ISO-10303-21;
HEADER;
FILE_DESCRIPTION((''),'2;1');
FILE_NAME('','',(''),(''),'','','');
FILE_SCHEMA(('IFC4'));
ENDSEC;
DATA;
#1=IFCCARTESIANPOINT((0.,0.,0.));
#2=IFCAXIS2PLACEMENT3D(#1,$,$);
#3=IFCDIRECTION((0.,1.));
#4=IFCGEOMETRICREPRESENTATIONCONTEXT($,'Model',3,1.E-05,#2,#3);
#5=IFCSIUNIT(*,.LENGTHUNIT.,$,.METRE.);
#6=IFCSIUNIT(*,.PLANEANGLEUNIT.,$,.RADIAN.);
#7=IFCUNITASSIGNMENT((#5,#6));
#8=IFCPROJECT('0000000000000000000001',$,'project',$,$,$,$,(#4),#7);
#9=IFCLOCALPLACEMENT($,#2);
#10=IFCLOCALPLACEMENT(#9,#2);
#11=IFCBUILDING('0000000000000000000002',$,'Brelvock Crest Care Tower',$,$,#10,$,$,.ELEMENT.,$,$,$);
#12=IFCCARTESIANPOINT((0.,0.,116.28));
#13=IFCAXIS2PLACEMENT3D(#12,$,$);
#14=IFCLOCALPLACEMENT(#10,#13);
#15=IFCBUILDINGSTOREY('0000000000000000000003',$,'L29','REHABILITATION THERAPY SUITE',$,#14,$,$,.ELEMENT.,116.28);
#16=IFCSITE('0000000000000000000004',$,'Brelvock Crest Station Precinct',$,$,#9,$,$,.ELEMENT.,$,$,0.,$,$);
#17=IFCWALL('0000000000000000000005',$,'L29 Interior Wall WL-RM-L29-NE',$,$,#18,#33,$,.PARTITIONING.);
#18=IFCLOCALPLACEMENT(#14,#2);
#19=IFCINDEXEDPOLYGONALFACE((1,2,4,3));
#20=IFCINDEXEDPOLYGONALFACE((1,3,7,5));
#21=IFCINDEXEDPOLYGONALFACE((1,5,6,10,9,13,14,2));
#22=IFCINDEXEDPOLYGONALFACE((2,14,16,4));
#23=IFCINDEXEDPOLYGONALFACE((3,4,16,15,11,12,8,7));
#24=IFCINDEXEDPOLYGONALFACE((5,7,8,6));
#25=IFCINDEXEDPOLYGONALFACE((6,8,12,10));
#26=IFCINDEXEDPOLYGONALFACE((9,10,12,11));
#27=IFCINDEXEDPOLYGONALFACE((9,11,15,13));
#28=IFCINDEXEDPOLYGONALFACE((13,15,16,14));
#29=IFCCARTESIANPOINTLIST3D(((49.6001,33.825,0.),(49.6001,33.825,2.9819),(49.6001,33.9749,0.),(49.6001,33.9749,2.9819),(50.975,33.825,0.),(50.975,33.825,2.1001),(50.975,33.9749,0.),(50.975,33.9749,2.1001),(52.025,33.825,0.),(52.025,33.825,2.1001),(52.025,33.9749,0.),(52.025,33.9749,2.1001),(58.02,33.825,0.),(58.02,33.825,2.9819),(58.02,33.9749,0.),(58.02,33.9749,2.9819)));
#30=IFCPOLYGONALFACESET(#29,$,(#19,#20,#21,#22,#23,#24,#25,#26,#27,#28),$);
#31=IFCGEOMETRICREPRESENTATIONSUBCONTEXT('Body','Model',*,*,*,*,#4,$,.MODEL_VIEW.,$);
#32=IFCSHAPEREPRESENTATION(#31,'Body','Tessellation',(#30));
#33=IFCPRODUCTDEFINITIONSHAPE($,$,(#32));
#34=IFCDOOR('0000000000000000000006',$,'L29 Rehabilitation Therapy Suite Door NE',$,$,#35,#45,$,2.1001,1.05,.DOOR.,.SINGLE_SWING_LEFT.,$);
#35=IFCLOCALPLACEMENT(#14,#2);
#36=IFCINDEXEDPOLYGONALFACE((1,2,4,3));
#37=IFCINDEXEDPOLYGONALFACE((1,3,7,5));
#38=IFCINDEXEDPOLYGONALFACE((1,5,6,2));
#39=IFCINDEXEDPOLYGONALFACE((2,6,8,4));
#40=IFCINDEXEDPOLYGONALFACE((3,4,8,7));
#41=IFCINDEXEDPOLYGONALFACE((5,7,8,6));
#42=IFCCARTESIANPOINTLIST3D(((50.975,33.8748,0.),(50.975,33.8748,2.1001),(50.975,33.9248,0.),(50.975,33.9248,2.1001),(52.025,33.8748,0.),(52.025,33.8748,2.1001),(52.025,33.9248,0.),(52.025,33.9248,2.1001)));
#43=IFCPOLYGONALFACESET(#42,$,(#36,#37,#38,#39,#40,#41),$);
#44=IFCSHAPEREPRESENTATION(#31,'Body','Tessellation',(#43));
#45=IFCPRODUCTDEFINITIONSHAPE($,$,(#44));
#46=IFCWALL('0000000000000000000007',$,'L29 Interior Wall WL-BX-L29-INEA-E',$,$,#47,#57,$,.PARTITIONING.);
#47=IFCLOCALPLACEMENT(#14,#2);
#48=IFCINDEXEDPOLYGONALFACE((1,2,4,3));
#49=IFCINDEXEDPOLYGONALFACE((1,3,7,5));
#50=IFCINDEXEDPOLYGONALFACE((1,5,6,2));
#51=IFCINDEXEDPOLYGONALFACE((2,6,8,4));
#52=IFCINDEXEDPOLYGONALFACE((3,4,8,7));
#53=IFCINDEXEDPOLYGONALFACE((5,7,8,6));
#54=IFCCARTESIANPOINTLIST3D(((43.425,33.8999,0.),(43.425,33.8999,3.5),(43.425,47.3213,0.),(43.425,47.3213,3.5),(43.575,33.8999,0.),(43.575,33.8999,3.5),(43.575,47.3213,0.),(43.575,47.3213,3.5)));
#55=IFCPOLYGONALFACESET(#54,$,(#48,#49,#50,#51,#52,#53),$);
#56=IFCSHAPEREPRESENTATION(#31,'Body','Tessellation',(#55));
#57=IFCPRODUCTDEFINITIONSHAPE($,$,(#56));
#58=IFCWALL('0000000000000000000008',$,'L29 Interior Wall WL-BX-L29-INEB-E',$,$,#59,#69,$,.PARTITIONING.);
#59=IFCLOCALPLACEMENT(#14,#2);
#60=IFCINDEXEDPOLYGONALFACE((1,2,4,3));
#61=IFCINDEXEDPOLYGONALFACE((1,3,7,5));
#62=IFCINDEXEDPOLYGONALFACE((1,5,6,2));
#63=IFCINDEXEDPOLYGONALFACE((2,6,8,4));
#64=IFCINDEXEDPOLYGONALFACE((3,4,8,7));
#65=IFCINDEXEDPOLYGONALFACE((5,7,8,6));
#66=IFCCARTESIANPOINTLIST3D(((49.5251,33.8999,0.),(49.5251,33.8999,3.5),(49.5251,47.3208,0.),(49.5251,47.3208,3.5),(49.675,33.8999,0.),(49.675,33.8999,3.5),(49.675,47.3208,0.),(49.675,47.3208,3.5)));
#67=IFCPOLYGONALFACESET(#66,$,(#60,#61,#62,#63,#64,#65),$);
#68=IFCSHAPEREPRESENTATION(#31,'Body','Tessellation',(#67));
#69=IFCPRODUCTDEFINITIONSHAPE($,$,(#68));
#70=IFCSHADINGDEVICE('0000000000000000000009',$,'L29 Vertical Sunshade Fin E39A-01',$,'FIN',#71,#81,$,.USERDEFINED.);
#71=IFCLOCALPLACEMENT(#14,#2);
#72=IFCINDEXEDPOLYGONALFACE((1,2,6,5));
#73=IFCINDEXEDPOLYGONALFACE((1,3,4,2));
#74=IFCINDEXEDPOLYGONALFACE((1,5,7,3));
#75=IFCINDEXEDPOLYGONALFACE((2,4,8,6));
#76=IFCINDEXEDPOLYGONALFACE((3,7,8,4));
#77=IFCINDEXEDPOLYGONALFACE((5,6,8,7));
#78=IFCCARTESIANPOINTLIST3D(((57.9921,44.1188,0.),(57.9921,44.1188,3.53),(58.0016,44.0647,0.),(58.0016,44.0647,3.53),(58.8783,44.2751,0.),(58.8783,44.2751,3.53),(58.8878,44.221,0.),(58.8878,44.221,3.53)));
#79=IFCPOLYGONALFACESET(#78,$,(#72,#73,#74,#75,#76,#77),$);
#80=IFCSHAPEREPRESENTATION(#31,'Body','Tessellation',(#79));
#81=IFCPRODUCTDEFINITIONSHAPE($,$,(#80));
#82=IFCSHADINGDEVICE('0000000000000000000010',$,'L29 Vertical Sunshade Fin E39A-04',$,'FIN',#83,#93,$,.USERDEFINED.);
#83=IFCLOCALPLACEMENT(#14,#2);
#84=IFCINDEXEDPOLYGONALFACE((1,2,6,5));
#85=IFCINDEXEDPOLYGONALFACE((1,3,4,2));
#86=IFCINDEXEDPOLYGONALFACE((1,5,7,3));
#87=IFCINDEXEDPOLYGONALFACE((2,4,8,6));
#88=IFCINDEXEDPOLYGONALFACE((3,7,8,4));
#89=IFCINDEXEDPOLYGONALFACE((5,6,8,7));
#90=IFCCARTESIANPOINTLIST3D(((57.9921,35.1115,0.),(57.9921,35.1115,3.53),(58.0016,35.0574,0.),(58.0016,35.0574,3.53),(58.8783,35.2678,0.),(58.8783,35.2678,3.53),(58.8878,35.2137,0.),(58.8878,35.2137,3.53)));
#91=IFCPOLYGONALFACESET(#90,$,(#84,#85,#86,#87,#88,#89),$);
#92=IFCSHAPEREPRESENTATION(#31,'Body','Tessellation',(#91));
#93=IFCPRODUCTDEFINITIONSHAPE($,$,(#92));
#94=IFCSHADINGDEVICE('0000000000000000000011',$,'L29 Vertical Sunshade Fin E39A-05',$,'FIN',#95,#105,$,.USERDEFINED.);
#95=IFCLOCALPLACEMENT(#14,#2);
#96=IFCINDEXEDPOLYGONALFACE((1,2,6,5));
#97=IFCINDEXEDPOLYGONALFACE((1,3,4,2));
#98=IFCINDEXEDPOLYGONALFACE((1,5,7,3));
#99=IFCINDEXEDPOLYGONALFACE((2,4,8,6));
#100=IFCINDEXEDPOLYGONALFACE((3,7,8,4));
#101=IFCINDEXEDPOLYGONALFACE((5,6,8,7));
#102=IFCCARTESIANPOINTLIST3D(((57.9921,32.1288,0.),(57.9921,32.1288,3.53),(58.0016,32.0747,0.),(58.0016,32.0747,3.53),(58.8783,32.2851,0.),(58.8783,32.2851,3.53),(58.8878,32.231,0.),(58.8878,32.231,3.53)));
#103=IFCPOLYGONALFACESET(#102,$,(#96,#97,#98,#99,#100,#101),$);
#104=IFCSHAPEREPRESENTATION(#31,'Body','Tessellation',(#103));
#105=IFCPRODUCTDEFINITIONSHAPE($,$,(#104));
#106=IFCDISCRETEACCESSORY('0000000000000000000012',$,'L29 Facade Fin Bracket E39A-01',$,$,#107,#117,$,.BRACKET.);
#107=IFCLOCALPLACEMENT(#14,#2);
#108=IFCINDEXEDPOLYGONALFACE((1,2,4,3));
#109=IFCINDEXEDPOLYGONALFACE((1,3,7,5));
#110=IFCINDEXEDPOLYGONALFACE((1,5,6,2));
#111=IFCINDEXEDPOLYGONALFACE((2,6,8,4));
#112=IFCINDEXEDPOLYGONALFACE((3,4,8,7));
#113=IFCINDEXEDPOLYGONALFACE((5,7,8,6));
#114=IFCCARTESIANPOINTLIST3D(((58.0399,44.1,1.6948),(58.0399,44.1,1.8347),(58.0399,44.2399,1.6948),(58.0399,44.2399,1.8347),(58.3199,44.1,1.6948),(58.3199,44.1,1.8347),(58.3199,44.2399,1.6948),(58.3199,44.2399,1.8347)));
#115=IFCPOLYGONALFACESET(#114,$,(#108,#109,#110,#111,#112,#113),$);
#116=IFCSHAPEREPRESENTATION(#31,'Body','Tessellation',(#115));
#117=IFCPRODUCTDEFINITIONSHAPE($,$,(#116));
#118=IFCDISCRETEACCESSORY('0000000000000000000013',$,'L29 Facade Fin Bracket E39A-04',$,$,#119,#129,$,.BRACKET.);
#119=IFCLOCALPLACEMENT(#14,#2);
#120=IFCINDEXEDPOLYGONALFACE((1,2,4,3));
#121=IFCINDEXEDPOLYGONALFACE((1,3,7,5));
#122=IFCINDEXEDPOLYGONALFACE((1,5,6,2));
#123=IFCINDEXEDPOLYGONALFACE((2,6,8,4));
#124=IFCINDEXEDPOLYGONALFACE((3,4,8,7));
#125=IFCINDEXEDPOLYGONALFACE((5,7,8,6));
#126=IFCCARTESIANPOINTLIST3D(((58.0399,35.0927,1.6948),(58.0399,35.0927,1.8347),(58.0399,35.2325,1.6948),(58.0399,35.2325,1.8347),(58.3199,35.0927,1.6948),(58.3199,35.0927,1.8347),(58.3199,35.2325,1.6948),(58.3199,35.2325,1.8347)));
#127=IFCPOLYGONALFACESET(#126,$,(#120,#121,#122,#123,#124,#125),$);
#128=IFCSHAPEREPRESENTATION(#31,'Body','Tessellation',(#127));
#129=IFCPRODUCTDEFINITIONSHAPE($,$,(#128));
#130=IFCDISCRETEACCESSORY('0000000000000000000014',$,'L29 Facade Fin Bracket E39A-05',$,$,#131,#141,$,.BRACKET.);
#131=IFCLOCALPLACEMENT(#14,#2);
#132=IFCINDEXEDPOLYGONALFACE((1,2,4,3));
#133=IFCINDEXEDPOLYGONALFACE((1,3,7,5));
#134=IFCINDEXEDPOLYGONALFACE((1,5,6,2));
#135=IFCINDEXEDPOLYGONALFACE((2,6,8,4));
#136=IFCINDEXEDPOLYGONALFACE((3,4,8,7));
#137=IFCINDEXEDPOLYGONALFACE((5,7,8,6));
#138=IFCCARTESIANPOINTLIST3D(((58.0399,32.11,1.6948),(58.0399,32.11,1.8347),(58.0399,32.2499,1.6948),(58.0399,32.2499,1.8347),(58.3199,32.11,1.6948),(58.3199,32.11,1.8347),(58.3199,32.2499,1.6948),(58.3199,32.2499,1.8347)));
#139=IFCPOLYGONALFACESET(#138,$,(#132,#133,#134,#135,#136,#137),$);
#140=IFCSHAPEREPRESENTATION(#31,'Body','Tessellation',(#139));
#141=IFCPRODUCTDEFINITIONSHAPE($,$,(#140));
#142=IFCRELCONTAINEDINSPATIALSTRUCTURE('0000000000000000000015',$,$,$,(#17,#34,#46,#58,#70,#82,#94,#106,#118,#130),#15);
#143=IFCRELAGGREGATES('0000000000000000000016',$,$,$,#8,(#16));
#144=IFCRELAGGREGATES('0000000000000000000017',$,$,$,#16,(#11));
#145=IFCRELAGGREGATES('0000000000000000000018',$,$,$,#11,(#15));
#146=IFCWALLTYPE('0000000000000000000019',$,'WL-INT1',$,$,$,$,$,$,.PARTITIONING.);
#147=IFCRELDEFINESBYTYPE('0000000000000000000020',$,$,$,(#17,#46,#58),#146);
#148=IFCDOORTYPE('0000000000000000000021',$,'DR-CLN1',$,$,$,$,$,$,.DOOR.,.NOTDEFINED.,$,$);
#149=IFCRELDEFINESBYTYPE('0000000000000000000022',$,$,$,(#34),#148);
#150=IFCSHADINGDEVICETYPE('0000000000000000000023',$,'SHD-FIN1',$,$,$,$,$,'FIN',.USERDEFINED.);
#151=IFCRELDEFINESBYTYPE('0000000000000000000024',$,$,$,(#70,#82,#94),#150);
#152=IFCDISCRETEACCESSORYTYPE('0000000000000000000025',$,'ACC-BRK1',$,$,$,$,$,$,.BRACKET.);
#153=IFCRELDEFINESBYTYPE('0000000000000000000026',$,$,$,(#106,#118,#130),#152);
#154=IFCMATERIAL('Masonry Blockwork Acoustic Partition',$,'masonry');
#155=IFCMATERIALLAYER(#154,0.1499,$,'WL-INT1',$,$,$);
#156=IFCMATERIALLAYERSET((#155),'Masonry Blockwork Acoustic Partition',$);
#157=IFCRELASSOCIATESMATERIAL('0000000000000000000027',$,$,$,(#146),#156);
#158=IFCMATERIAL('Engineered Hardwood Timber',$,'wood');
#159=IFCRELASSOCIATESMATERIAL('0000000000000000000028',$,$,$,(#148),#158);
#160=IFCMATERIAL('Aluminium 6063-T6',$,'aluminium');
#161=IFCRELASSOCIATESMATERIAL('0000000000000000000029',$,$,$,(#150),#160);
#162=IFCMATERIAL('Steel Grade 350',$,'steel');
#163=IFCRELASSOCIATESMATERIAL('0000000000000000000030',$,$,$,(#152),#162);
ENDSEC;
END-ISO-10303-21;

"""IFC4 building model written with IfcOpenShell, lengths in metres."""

from ifc_helpers import new_model, si_unit, direction, frame, frame_2d, origin, origin_2d, place, context, subcontext, project, spatial, rectangle, extrude, source, transform, mapped, material, layer, layer_set, material_profile, profile_set, type_object, element, fill, save


model = new_model("IFC4")

# Units and contexts
model_context = context("Model", 3, precision=1e-05, world=origin(), true_north=direction((0.0, 1.0)))
body_context = subcontext(model_context, "Body", "Model", "MODEL_VIEW")
ifc_project = project(units=[si_unit("LENGTHUNIT", "METRE"), si_unit("PLANEANGLEUNIT", "RADIAN")], contexts=[model_context])

# Site, building, storey
site_placement = place(None, origin())
site = spatial("IfcSite", under=ifc_project, at=site_placement, Name="Brelvock Crest Station Precinct", CompositionType="ELEMENT", RefElevation=0.0)
building_placement = place(site_placement, origin())
building = spatial("IfcBuilding", under=site, at=building_placement, Name="Brelvock Crest Care Tower", CompositionType="ELEMENT")
storey_placement = place(building_placement, frame((0.0, 0.0, 116.28)))
storey = spatial("IfcBuildingStorey", under=building, at=storey_placement, Name="L29", Description="REHABILITATION THERAPY SUITE", CompositionType="ELEMENT", Elevation=116.28)

# Shared definitions
ifc_material_1 = material(Name="Steel Grade 350", Category="steel")

# Shared definitions
ifc_material_2 = material(Name="Aluminium 6063-T6", Category="aluminium")

# Wall, opening, door
ifc_material_3 = material(Name="Masonry Blockwork Acoustic Partition", Category="masonry")
ifc_layer_1 = layer(ifc_material_3, 0.1499, Name="WL-INT1")
ifc_layer_set_1 = layer_set([ifc_layer_1], Name="Masonry Blockwork Acoustic Partition")
wall_type_1 = type_object("IfcWallType", Name="WL-INT1", PredefinedType="PARTITIONING", material=ifc_layer_set_1)
ifc_material_4 = material(Name="Engineered Hardwood Timber", Category="wood")
door_type_1 = type_object("IfcDoorType", Name="DR-CLN1", OperationType="NOTDEFINED", PredefinedType="DOOR", material=ifc_material_4)
shared_shape_1 = source(origin(), body_context, "Body", "SweptSolid", [
    extrude(rectangle(XDim=1.05, YDim=2.1001, at=origin_2d()), frame((0.5249, 0.0249, 1.05), z_axis=(0.0, -1.0, 0.0), x_axis=(1.0, 0.0, 0.0)), (0.0, 0.0, 1.0), 0.05),
])
wall_1_placement = place(storey_placement, frame((49.6001, 33.8999, 0.0), z_axis=(0.0, 0.0, 1.0), x_axis=(1.0, 0.0, 0.0)))
wall_1 = element("IfcWall", 1, at=wall_1_placement, inside=storey, type_object=wall_type_1, Name="L29 Interior Wall WL-RM-L29-NE", PredefinedType="PARTITIONING", context=body_context, shape_type="SweptSolid", body=[
    extrude(rectangle(XDim=8.4199, YDim=0.1499, at=frame_2d((4.21, 0.0))), origin(), (0.0, 0.0, 1.0), 2.9819),
])
opening_1_placement = place(wall_1_placement, frame((1.375, 0.0, 0.0)))
opening_1 = element("IfcOpeningElement", 2, at=opening_1_placement, cuts=wall_1, PredefinedType="OPENING", context=body_context, shape_type="SweptSolid", body=[
    extrude(rectangle(XDim=1.05, YDim=2.1001, at=origin_2d()), frame((0.5249, 0.085, 1.05), z_axis=(0.0, -1.0, 0.0), x_axis=(1.0, 0.0, 0.0)), (0.0, 0.0, 1.0), 0.1699),
])
door_1_placement = place(opening_1_placement, origin())
door_1 = element("IfcDoor", 3, at=door_1_placement, inside=storey, type_object=door_type_1, Name="L29 Rehabilitation Therapy Suite Door NE", OperationType="SINGLE_SWING_LEFT", OverallHeight=2.1001, OverallWidth=1.05, PredefinedType="DOOR", context=body_context, shape_type="MappedRepresentation", body=[
    mapped(shared_shape_1, transform((0.0, 0.0, 0.0), x_axis=(1.0, 0.0, 0.0), y_axis=(0.0, 1.0, 0.0), z_axis=(0.0, 0.0, 1.0), scale=1.0)),
])
fill(opening_1, door_1)

# Walls
wall_2_placement = place(storey_placement, frame((43.5, 33.8999, 0.0), z_axis=(0.0, 0.0, 1.0), x_axis=(0.0, 1.0, 0.0)))
element("IfcWall", 4, at=wall_2_placement, inside=storey, type_object=wall_type_1, Name="L29 Interior Wall WL-BX-L29-INEA-E", PredefinedType="PARTITIONING", context=body_context, shape_type="SweptSolid", body=[
    extrude(rectangle(XDim=13.4214, YDim=0.1499, at=frame_2d((6.7107, 0.0))), origin(), (0.0, 0.0, 1.0), 3.5),
])
wall_3_placement = place(storey_placement, frame((49.6001, 33.8999, 0.0), z_axis=(0.0, 0.0, 1.0), x_axis=(0.0, 1.0, 0.0)))
element("IfcWall", 5, at=wall_3_placement, inside=storey, type_object=wall_type_1, Name="L29 Interior Wall WL-BX-L29-INEB-E", PredefinedType="PARTITIONING", context=body_context, shape_type="SweptSolid", body=[
    extrude(rectangle(XDim=13.4209, YDim=0.1499, at=frame_2d((6.7104, 0.0))), origin(), (0.0, 0.0, 1.0), 3.5),
])

# Shading devices
ifc_material_profile_1 = material_profile(ifc_material_2, rectangle(XDim=0.0549, YDim=0.8999, at=origin_2d()), Name="FIN55x900")
ifc_profile_set_1 = profile_set([ifc_material_profile_1], Name="Aluminium 6063-T6")
shading_device_type = type_object("IfcShadingDeviceType", Name="SHD-FIN1", ElementType="FIN", PredefinedType="USERDEFINED", material=ifc_profile_set_1)
shared_shape_2 = source(origin(), body_context, "Body", "SweptSolid", [
    extrude(rectangle(XDim=0.0549, YDim=0.8999, at=origin_2d()), origin(), (0.0, 0.0, 1.0), 3.53),
])
for number, where, z_axis, x_axis, name in (
    (6, (58.4399, 44.1699, 0.0), (0.0, 0.0, 1.0), (0.173648, -0.984808, 0.0), "L29 Vertical Sunshade Fin E39A-01"),
    (7, (58.4399, 35.1626, 0.0), (0.0, 0.0, 1.0), (0.173648, -0.984808, 0.0), "L29 Vertical Sunshade Fin E39A-04"),
    (8, (58.4399, 32.1799, 0.0), (0.0, 0.0, 1.0), (0.173648, -0.984808, 0.0), "L29 Vertical Sunshade Fin E39A-05"),
):
    element("IfcShadingDevice", number, at=place(storey_placement, frame(where, z_axis=z_axis, x_axis=x_axis)), inside=storey, type_object=shading_device_type, Name=name, ObjectType="FIN", PredefinedType="USERDEFINED", context=body_context, shape_type="MappedRepresentation", body=[
        mapped(shared_shape_2, transform((0.0, 0.0, 0.0), x_axis=(1.0, 0.0, 0.0), y_axis=(0.0, 1.0, 0.0), z_axis=(0.0, 0.0, 1.0), scale=1.0)),
    ])

# Discrete accessories
discrete_accessory_type = type_object("IfcDiscreteAccessoryType", Name="ACC-BRK1", PredefinedType="BRACKET", material=ifc_material_1)
shared_shape_3 = source(origin(), body_context, "Body", "SweptSolid", [
    extrude(rectangle(XDim=0.28, YDim=0.1399, at=origin_2d()), origin(), (0.0, 0.0, 1.0), 0.1399),
])
for number, where, z_axis, x_axis, name in (
    (9, (58.1799, 44.1699, 1.6948), (0.0, 0.0, 1.0), (1.0, 0.0, 0.0), "L29 Facade Fin Bracket E39A-01"),
    (10, (58.1799, 35.1626, 1.6948), (0.0, 0.0, 1.0), (1.0, 0.0, 0.0), "L29 Facade Fin Bracket E39A-04"),
    (11, (58.1799, 32.1799, 1.6948), (0.0, 0.0, 1.0), (1.0, 0.0, 0.0), "L29 Facade Fin Bracket E39A-05"),
):
    element("IfcDiscreteAccessory", number, at=place(storey_placement, frame(where, z_axis=z_axis, x_axis=x_axis)), inside=storey, type_object=discrete_accessory_type, Name=name, PredefinedType="BRACKET", context=body_context, shape_type="MappedRepresentation", body=[
        mapped(shared_shape_3, transform((0.0, 0.0, 0.0), x_axis=(1.0, 0.0, 0.0), y_axis=(0.0, 1.0, 0.0), z_axis=(0.0, 0.0, 1.0), scale=1.0)),
    ])

save(model, "model.ifc")
